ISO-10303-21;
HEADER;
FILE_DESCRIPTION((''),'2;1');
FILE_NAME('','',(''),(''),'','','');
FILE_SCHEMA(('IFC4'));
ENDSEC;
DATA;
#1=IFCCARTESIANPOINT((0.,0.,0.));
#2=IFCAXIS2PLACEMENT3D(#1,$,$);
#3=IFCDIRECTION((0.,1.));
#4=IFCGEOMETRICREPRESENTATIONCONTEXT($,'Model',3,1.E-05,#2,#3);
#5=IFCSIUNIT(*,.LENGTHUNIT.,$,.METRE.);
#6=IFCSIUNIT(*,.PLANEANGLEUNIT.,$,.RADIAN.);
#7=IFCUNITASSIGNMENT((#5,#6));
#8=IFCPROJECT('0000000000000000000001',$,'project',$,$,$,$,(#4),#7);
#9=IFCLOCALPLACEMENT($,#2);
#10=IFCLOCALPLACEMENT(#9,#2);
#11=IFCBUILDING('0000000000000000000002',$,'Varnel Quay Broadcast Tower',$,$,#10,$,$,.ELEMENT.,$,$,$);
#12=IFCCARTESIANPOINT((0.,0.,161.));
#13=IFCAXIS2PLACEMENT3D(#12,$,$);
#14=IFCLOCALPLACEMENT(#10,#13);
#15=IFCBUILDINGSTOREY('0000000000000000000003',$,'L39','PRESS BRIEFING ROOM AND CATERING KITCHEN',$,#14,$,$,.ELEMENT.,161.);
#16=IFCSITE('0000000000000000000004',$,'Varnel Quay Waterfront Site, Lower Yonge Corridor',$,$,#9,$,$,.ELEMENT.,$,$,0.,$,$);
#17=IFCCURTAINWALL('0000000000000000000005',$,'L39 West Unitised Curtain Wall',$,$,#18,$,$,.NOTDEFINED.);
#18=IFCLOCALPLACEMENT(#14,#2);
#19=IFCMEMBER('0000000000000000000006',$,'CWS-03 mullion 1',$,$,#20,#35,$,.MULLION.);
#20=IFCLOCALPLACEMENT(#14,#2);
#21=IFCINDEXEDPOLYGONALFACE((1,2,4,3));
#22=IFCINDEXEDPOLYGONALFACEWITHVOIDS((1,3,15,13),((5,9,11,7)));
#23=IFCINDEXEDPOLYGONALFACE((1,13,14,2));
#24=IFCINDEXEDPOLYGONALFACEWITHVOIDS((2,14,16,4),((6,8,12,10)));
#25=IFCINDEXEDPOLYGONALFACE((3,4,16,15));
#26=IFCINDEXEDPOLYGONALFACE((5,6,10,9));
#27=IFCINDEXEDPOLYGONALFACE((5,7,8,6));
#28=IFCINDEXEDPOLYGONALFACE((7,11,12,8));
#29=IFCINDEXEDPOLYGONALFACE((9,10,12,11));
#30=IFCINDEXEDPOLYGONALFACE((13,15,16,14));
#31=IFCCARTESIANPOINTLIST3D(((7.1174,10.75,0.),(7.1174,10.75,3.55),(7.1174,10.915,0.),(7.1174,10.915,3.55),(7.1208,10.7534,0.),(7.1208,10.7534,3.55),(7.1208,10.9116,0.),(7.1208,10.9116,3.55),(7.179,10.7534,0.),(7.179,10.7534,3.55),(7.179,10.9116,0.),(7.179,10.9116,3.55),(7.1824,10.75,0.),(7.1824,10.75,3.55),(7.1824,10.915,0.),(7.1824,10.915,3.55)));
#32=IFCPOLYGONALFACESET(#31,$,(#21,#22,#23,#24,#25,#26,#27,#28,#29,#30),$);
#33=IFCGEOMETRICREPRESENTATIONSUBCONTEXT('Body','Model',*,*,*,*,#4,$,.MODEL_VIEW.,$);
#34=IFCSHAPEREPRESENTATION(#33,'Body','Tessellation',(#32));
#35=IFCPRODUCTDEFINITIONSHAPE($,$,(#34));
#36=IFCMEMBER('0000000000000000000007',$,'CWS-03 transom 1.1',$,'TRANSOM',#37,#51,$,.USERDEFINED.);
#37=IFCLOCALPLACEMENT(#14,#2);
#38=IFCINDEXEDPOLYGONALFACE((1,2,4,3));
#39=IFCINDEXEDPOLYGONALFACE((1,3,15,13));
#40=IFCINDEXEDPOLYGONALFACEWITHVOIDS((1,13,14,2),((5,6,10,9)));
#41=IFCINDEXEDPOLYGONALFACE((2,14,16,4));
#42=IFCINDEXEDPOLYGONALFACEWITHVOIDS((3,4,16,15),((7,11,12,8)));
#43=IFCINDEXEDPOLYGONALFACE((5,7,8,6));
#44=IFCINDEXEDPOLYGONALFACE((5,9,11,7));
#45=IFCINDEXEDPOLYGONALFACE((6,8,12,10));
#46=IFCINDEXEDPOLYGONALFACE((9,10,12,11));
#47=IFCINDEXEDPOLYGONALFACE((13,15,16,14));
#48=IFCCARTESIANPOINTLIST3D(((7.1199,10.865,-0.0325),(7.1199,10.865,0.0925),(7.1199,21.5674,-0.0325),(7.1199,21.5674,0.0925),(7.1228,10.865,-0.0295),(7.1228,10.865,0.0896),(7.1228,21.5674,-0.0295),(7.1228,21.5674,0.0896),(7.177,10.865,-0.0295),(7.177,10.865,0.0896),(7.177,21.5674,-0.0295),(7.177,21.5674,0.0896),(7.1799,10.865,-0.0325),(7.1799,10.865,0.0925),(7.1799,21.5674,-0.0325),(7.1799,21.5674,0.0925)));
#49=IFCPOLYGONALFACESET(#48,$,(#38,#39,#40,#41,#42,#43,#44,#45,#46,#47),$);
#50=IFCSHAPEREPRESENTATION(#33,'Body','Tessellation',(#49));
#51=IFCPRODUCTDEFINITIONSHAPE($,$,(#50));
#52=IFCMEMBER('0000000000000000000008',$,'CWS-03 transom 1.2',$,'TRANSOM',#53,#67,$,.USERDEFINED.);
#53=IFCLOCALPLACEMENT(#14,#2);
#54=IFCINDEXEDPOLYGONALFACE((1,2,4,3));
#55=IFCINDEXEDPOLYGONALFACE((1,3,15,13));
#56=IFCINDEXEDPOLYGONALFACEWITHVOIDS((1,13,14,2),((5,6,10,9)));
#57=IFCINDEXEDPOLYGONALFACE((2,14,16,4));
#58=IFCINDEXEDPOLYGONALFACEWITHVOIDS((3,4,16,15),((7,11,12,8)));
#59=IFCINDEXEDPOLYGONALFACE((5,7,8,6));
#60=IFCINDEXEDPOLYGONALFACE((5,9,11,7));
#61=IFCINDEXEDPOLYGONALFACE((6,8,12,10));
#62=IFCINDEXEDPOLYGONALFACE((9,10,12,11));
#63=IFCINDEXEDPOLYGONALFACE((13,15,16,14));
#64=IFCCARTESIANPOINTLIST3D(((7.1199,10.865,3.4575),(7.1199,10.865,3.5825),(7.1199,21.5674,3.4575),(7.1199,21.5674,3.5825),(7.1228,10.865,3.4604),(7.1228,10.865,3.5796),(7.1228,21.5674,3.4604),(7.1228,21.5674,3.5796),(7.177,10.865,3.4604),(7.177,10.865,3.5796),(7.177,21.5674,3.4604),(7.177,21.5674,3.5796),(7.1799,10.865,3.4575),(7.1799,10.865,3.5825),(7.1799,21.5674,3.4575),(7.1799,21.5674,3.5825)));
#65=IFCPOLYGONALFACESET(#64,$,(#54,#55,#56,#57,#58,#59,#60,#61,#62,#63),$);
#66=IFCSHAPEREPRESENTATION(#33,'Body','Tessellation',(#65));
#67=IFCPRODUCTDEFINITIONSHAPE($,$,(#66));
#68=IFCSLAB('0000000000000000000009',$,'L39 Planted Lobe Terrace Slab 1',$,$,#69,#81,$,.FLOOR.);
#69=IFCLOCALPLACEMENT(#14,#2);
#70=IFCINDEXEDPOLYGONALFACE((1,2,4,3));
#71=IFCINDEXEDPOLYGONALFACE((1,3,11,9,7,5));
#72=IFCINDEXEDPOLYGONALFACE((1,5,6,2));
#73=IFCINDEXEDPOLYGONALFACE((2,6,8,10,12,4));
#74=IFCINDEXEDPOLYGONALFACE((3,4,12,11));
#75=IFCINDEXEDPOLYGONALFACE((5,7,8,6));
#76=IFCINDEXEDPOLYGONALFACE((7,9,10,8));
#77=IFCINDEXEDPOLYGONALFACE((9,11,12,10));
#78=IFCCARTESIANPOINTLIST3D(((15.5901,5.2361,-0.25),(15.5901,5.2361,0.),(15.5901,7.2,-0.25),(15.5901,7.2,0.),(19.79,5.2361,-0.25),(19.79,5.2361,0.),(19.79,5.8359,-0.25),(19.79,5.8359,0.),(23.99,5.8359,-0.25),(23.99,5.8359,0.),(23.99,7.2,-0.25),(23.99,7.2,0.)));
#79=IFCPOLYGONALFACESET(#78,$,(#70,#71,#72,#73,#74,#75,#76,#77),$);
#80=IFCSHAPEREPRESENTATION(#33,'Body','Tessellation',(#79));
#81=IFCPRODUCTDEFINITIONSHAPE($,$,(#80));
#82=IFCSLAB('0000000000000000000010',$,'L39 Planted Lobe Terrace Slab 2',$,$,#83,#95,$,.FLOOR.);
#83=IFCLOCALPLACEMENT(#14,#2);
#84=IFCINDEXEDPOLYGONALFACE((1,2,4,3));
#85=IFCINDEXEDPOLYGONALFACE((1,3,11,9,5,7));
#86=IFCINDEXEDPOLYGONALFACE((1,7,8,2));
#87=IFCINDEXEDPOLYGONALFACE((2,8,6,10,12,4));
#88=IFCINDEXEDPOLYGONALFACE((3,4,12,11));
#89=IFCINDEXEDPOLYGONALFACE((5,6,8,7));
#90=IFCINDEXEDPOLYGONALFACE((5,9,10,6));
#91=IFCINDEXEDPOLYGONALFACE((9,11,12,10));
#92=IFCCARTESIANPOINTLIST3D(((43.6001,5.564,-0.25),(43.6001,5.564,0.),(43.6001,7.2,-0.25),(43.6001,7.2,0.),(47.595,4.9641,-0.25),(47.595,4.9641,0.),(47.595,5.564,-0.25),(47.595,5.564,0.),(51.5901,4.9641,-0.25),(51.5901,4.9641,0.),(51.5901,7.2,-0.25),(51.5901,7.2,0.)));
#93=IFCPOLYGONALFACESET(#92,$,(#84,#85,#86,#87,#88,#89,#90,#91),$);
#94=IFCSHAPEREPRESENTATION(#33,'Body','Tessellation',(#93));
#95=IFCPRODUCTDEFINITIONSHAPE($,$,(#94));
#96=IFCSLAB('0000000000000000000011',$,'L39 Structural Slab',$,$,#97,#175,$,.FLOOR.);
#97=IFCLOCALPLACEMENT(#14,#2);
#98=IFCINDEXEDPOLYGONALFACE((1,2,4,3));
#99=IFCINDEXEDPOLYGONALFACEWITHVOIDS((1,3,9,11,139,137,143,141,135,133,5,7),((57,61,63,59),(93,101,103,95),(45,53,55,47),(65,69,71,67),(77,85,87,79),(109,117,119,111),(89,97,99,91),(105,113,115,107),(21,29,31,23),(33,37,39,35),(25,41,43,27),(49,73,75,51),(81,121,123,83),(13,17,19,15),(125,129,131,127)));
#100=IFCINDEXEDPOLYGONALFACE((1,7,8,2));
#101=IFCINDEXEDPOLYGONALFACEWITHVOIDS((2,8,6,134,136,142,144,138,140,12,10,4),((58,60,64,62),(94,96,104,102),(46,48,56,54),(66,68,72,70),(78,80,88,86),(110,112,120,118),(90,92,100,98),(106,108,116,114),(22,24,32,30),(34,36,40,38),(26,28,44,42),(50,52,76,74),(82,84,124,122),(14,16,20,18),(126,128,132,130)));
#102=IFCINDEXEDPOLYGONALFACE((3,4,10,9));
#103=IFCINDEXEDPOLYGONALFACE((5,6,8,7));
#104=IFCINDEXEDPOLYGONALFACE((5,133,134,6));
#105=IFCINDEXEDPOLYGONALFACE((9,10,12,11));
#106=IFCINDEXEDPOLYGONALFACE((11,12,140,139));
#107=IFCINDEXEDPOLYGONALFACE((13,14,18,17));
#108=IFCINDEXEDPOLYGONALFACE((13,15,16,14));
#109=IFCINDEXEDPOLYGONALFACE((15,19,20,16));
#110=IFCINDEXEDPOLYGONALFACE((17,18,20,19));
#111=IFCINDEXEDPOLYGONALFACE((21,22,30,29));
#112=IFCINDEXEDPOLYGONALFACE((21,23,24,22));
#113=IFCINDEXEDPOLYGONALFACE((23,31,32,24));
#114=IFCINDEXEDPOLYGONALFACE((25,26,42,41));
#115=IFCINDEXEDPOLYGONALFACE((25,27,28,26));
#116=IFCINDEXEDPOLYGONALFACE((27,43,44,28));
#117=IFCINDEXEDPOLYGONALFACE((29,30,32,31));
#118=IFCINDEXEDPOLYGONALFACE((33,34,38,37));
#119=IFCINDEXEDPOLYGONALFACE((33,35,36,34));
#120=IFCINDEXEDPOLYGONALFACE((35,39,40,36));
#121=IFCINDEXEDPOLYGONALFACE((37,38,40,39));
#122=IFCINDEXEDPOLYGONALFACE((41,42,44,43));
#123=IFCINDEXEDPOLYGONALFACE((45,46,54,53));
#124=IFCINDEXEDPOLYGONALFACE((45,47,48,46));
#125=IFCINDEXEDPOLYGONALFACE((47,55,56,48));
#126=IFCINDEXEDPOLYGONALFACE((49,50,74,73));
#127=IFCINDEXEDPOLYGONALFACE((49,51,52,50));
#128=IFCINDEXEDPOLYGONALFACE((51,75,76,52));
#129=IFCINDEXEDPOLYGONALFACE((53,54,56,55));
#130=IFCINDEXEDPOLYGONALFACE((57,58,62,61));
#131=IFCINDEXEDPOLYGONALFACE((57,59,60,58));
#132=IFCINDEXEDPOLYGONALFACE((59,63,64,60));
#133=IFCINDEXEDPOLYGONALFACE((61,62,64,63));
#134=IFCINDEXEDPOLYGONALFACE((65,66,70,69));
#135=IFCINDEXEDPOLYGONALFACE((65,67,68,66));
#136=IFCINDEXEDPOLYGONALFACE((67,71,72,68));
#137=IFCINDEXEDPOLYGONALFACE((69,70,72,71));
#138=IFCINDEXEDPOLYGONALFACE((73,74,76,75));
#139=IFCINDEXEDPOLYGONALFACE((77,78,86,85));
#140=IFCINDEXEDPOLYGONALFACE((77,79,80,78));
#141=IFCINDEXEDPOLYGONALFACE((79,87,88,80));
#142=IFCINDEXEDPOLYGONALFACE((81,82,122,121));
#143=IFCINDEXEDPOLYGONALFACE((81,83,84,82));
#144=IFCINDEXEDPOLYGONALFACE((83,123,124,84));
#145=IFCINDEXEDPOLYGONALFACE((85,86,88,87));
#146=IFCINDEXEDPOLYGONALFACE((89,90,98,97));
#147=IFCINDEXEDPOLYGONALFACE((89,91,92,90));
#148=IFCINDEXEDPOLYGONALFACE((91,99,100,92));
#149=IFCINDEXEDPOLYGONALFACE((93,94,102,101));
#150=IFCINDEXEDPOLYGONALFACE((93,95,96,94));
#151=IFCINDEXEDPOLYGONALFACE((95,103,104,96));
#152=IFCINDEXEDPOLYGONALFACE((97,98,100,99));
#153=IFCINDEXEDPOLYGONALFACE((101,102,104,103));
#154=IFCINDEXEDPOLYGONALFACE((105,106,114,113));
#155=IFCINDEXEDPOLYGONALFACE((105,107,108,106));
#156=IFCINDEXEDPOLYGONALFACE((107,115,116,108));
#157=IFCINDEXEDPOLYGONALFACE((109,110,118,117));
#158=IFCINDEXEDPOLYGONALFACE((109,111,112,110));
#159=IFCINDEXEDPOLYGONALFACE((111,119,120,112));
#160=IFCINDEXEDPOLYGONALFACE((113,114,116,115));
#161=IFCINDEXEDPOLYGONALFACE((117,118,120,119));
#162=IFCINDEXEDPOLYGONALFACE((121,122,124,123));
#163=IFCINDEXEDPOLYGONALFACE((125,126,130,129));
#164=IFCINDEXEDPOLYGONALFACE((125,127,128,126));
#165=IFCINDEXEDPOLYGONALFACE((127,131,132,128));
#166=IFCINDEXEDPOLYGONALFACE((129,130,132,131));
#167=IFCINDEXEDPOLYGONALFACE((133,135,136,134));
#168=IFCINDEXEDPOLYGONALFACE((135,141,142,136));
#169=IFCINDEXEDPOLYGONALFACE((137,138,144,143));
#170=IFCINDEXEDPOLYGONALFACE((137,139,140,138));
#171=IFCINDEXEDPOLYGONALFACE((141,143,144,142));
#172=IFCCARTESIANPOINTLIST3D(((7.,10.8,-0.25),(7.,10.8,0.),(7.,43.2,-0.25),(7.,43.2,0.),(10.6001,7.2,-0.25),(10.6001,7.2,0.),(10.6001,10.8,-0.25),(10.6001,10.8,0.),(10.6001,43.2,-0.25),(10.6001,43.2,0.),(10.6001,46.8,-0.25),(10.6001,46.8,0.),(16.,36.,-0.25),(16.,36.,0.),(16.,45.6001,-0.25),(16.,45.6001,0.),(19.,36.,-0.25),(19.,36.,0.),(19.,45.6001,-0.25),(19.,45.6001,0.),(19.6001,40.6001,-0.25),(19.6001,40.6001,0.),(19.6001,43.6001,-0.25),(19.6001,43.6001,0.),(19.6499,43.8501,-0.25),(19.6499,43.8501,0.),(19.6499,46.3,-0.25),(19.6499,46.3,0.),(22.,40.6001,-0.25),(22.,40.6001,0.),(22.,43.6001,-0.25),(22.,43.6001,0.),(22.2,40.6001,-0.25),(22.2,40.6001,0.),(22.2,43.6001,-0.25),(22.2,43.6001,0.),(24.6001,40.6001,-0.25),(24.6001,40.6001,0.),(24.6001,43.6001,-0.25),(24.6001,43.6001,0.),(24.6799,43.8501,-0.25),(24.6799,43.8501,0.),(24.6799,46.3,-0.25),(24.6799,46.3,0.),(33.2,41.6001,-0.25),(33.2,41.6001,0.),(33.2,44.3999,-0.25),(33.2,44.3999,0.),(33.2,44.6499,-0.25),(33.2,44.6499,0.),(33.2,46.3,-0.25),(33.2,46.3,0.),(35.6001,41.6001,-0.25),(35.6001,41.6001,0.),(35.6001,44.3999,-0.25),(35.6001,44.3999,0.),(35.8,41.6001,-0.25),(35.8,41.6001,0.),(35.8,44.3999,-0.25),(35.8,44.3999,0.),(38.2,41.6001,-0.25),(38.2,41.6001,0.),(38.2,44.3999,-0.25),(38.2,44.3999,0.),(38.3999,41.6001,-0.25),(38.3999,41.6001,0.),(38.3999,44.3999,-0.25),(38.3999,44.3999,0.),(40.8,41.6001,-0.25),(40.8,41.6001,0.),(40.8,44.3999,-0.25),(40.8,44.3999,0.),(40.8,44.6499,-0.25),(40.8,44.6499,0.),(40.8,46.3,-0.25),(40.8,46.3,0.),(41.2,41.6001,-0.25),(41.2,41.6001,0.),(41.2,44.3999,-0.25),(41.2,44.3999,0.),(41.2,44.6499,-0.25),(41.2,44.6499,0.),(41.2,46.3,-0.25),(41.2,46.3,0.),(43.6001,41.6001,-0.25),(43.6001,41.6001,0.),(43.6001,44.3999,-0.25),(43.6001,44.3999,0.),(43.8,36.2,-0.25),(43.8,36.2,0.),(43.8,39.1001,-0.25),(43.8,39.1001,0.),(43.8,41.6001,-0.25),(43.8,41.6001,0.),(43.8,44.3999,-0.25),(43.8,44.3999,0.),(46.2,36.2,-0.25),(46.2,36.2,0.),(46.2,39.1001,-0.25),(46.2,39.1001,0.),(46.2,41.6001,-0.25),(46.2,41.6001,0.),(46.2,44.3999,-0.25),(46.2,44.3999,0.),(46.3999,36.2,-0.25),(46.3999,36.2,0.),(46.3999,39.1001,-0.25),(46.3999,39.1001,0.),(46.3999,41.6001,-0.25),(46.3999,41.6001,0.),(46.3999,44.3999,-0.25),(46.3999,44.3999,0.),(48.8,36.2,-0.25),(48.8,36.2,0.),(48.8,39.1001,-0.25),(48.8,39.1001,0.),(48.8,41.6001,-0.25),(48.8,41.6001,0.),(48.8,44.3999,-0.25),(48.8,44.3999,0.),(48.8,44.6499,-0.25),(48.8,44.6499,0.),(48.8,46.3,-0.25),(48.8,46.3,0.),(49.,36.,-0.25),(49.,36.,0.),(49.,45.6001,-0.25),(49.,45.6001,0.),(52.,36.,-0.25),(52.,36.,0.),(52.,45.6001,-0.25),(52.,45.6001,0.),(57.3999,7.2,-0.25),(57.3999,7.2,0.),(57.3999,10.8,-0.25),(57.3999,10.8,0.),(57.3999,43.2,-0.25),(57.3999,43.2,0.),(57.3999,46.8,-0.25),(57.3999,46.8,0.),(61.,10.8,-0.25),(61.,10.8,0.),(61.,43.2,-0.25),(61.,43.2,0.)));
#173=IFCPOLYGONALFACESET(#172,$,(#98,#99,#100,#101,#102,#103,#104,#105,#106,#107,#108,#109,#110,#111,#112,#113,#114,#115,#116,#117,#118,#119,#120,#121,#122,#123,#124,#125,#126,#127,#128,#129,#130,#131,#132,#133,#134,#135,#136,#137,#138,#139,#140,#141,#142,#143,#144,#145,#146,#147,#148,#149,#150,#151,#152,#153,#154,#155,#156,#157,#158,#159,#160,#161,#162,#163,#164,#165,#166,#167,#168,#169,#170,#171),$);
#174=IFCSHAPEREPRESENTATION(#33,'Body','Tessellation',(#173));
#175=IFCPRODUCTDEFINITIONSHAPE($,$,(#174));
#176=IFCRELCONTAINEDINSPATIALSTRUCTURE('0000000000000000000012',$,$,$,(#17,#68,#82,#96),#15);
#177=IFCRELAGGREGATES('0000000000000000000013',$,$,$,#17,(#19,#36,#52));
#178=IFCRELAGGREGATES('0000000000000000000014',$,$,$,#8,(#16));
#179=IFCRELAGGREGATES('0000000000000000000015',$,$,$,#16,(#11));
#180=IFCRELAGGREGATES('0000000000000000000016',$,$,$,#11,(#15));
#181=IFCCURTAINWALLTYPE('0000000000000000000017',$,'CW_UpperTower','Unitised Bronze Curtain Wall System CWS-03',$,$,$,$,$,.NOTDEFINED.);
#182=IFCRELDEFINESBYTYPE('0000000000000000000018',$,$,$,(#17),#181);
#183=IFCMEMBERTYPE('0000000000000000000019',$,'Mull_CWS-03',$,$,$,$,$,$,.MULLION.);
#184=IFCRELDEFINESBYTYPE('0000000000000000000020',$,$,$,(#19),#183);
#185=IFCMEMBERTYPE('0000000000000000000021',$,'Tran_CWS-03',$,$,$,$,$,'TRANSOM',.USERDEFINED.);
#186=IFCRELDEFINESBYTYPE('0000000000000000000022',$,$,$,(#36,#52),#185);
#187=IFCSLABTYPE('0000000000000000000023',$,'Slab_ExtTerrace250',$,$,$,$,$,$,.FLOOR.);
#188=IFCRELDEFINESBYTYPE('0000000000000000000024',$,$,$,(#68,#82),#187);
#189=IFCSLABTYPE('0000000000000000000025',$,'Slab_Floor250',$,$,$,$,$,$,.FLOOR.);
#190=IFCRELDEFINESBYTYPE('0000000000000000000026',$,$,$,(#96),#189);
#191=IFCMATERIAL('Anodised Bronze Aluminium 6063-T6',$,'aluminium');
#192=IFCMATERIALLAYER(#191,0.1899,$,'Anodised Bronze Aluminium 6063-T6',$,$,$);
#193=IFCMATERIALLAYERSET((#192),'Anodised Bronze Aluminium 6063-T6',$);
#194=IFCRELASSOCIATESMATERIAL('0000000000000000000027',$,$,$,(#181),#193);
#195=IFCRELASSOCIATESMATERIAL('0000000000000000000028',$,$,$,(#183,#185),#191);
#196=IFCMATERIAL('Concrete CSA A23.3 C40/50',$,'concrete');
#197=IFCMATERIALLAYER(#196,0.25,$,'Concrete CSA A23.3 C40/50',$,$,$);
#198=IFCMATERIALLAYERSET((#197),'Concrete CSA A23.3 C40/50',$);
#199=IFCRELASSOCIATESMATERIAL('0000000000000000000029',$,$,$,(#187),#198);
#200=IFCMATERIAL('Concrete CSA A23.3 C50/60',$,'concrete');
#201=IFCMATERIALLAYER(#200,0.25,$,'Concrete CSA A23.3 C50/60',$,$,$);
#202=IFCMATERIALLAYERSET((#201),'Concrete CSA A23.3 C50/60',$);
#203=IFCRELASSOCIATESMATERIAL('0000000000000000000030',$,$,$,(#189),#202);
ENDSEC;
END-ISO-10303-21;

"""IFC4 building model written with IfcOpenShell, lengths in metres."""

from ifc_helpers import new_model, si_unit, direction, frame, origin, origin_2d, place, context, subcontext, project, spatial, polyline, hollow_rectangle, outline, extrude, source, transform, mapped, material, layer, layer_set, material_profile, profile_set, type_object, type_shapes, element, aggregate, save


model = new_model("IFC4")

# Units and contexts
model_context = context("Model", 3, precision=1e-05, world=origin(), true_north=direction((0.0, 1.0)))
body_context = subcontext(model_context, "Body", "Model", "MODEL_VIEW")
ifc_project = project(units=[si_unit("LENGTHUNIT", "METRE"), si_unit("PLANEANGLEUNIT", "RADIAN")], contexts=[model_context])

# Site, building, storey
site_placement = place(None, origin())
site = spatial("IfcSite", under=ifc_project, at=site_placement, Name="Varnel Quay Waterfront Site, Lower Yonge Corridor", CompositionType="ELEMENT", RefElevation=0.0)
building_placement = place(site_placement, origin())
building = spatial("IfcBuilding", under=site, at=building_placement, Name="Varnel Quay Broadcast Tower", CompositionType="ELEMENT")
storey_placement = place(building_placement, frame((0.0, 0.0, 161.0)))
storey = spatial("IfcBuildingStorey", under=building, at=storey_placement, Name="L39", Description="PRESS BRIEFING ROOM AND CATERING KITCHEN", CompositionType="ELEMENT", Elevation=161.0)

# Curtain wall, members
ifc_material_1 = material(Name="Anodised Bronze Aluminium 6063-T6", Category="aluminium")
ifc_layer_1 = layer(ifc_material_1, 0.1899, Name="Anodised Bronze Aluminium 6063-T6")
ifc_layer_set_1 = layer_set([ifc_layer_1], Name="Anodised Bronze Aluminium 6063-T6")
curtain_wall_type_1 = type_object("IfcCurtainWallType", Name="CW_UpperTower", Description="Unitised Bronze Curtain Wall System CWS-03", PredefinedType="NOTDEFINED", material=ifc_layer_set_1)
curtain_wall_1_placement = place(storey_placement, origin())
curtain_wall_1 = element("IfcCurtainWall", 1, at=curtain_wall_1_placement, inside=storey, type_object=curtain_wall_type_1, Name="L39 West Unitised Curtain Wall", PredefinedType="NOTDEFINED")
ifc_material_profile_1 = material_profile(ifc_material_1, hollow_rectangle(XDim=0.0649, YDim=0.165, WallThickness=0.0034, at=origin_2d()), Name="ALU65X165X3.5")
ifc_profile_set_1 = profile_set([ifc_material_profile_1], Name="Anodised Bronze Aluminium 6063-T6")
member_type_1 = type_object("IfcMemberType", Name="Mull_CWS-03", PredefinedType="MULLION", material=ifc_profile_set_1)
shared_shape_1 = source(origin(), body_context, "Body", "SweptSolid", [
    extrude(hollow_rectangle(XDim=0.0649, YDim=0.165, WallThickness=0.0034, at=origin_2d()), origin(), (0.0, 0.0, 1.0), 3.55),
])
type_shapes(member_type_1, [shared_shape_1])
member_1_placement = place(storey_placement, frame((7.1499, 10.8325, 0.0), z_axis=(0.0, 0.0, 1.0), x_axis=(-1.0, 0.0, 0.0)))
member_1 = element("IfcMember", 2, at=member_1_placement, type_object=member_type_1, Name="CWS-03 mullion 1", PredefinedType="MULLION", context=body_context, shape_type="MappedRepresentation", body=[
    mapped(shared_shape_1, transform((0.0, 0.0, 0.0), x_axis=(1.0, 0.0, 0.0), y_axis=(0.0, 1.0, 0.0), z_axis=(0.0, 0.0, 1.0), scale=1.0)),
])
ifc_material_profile_2 = material_profile(ifc_material_1, hollow_rectangle(XDim=0.0601, YDim=0.125, WallThickness=0.0029, at=origin_2d()), Name="ALU60X125X3")
ifc_profile_set_2 = profile_set([ifc_material_profile_2], Name="Anodised Bronze Aluminium 6063-T6")
member_type_2 = type_object("IfcMemberType", Name="Tran_CWS-03", ElementType="TRANSOM", PredefinedType="USERDEFINED", material=ifc_profile_set_2)
shared_shape_2 = source(origin(), body_context, "Body", "SweptSolid", [
    extrude(hollow_rectangle(XDim=0.0601, YDim=0.125, WallThickness=0.0029, at=origin_2d()), origin(), (0.0, 0.0, 1.0), 10.7024),
])
type_shapes(member_type_2, [shared_shape_2])
member_2_placement = place(storey_placement, frame((7.1499, 10.865, 0.03), z_axis=(0.0, 1.0, 0.0), x_axis=(-1.0, 0.0, 0.0)))
member_2 = element("IfcMember", 3, at=member_2_placement, type_object=member_type_2, Name="CWS-03 transom 1.1", ObjectType="TRANSOM", PredefinedType="USERDEFINED", context=body_context, shape_type="MappedRepresentation", body=[
    mapped(shared_shape_2, transform((0.0, 0.0, 0.0), x_axis=(1.0, 0.0, 0.0), y_axis=(0.0, 1.0, 0.0), z_axis=(0.0, 0.0, 1.0), scale=1.0)),
])
member_3_placement = place(storey_placement, frame((7.1499, 10.865, 3.52), z_axis=(0.0, 1.0, 0.0), x_axis=(-1.0, 0.0, 0.0)))
member_3 = element("IfcMember", 4, at=member_3_placement, type_object=member_type_2, Name="CWS-03 transom 1.2", ObjectType="TRANSOM", PredefinedType="USERDEFINED", context=body_context, shape_type="MappedRepresentation", body=[
    mapped(shared_shape_2, transform((0.0, 0.0, 0.0), x_axis=(1.0, 0.0, 0.0), y_axis=(0.0, 1.0, 0.0), z_axis=(0.0, 0.0, 1.0), scale=1.0)),
])

# Slabs
ifc_material_2 = material(Name="Concrete CSA A23.3 C40/50", Category="concrete")
ifc_layer_2 = layer(ifc_material_2, 0.25, Name="Concrete CSA A23.3 C40/50")
ifc_layer_set_2 = layer_set([ifc_layer_2], Name="Concrete CSA A23.3 C40/50")
slab_type_1 = type_object("IfcSlabType", Name="Slab_ExtTerrace250", PredefinedType="FLOOR", material=ifc_layer_set_2)
slab_1_placement = place(storey_placement, frame((0.0, 0.0, -0.25)))
element("IfcSlab", 5, at=slab_1_placement, inside=storey, type_object=slab_type_1, Name="L39 Planted Lobe Terrace Slab 1", PredefinedType="FLOOR", context=body_context, shape_type="SweptSolid", body=[
    extrude(outline(polyline([(15.5901, 5.2361), (19.79, 5.2361), (19.79, 5.8359), (23.99, 5.8359), (23.99, 7.2), (15.5901, 7.2), (15.5901, 5.2361)])), origin(), (0.0, 0.0, 1.0), 0.25),
])
slab_2_placement = place(storey_placement, frame((0.0, 0.0, -0.25)))
element("IfcSlab", 6, at=slab_2_placement, inside=storey, type_object=slab_type_1, Name="L39 Planted Lobe Terrace Slab 2", PredefinedType="FLOOR", context=body_context, shape_type="SweptSolid", body=[
    extrude(outline(polyline([(43.6001, 5.564), (47.595, 5.564), (47.595, 4.9641), (51.5901, 4.9641), (51.5901, 7.2), (43.6001, 7.2), (43.6001, 5.564)])), origin(), (0.0, 0.0, 1.0), 0.25),
])
ifc_material_3 = material(Name="Concrete CSA A23.3 C50/60", Category="concrete")
ifc_layer_3 = layer(ifc_material_3, 0.25, Name="Concrete CSA A23.3 C50/60")
ifc_layer_set_3 = layer_set([ifc_layer_3], Name="Concrete CSA A23.3 C50/60")
slab_type_2 = type_object("IfcSlabType", Name="Slab_Floor250", PredefinedType="FLOOR", material=ifc_layer_set_3)
slab_3_placement = place(storey_placement, frame((0.0, 0.0, -0.25)))
element("IfcSlab", 7, at=slab_3_placement, inside=storey, type_object=slab_type_2, Name="L39 Structural Slab", PredefinedType="FLOOR", context=body_context, shape_type="SweptSolid", body=[
    extrude(outline(polyline([(10.6001, 7.2), (57.3999, 7.2), (57.3999, 10.8), (61.0, 10.8), (61.0, 43.2), (57.3999, 43.2), (57.3999, 46.8), (10.6001, 46.8), (10.6001, 43.2), (7.0, 43.2), (7.0, 10.8), (10.6001, 10.8), (10.6001, 7.2)]), holes=[polyline([(19.0, 36.0), (16.0, 36.0), (16.0, 45.6001), (19.0, 45.6001), (19.0, 36.0)]), polyline([(19.6001, 43.6001), (22.0, 43.6001), (22.0, 40.6001), (19.6001, 40.6001), (19.6001, 43.6001)]), polyline([(22.2, 43.6001), (24.6001, 43.6001), (24.6001, 40.6001), (22.2, 40.6001), (22.2, 43.6001)]), polyline([(33.2, 44.3999), (35.6001, 44.3999), (35.6001, 41.6001), (33.2, 41.6001), (33.2, 44.3999)]), polyline([(35.8, 44.3999), (38.2, 44.3999), (38.2, 41.6001), (35.8, 41.6001), (35.8, 44.3999)]), polyline([(38.3999, 44.3999), (40.8, 44.3999), (40.8, 41.6001), (38.3999, 41.6001), (38.3999, 44.3999)]), polyline([(19.6499, 46.3), (24.6799, 46.3), (24.6799, 43.8501), (19.6499, 43.8501), (19.6499, 46.3)]), polyline([(33.2, 46.3), (40.8, 46.3), (40.8, 44.6499), (33.2, 44.6499), (33.2, 46.3)]), polyline([(43.8, 39.1001), (46.2, 39.1001), (46.2, 36.2), (43.8, 36.2), (43.8, 39.1001)]), polyline([(46.3999, 39.1001), (48.8, 39.1001), (48.8, 36.2), (46.3999, 36.2), (46.3999, 39.1001)]), polyline([(49.0, 36.0), (49.0, 45.6001), (52.0, 45.6001), (52.0, 36.0), (49.0, 36.0)]), polyline([(41.2, 44.3999), (43.6001, 44.3999), (43.6001, 41.6001), (41.2, 41.6001), (41.2, 44.3999)]), polyline([(43.8, 44.3999), (46.2, 44.3999), (46.2, 41.6001), (43.8, 41.6001), (43.8, 44.3999)]), polyline([(46.3999, 44.3999), (48.8, 44.3999), (48.8, 41.6001), (46.3999, 41.6001), (46.3999, 44.3999)]), polyline([(41.2, 46.3), (48.8, 46.3), (48.8, 44.6499), (41.2, 44.6499), (41.2, 46.3)])]), origin(), (0.0, 0.0, 1.0), 0.25),
])

aggregate(curtain_wall_1, [member_1, member_2, member_3])

save(model, "model.ifc")
